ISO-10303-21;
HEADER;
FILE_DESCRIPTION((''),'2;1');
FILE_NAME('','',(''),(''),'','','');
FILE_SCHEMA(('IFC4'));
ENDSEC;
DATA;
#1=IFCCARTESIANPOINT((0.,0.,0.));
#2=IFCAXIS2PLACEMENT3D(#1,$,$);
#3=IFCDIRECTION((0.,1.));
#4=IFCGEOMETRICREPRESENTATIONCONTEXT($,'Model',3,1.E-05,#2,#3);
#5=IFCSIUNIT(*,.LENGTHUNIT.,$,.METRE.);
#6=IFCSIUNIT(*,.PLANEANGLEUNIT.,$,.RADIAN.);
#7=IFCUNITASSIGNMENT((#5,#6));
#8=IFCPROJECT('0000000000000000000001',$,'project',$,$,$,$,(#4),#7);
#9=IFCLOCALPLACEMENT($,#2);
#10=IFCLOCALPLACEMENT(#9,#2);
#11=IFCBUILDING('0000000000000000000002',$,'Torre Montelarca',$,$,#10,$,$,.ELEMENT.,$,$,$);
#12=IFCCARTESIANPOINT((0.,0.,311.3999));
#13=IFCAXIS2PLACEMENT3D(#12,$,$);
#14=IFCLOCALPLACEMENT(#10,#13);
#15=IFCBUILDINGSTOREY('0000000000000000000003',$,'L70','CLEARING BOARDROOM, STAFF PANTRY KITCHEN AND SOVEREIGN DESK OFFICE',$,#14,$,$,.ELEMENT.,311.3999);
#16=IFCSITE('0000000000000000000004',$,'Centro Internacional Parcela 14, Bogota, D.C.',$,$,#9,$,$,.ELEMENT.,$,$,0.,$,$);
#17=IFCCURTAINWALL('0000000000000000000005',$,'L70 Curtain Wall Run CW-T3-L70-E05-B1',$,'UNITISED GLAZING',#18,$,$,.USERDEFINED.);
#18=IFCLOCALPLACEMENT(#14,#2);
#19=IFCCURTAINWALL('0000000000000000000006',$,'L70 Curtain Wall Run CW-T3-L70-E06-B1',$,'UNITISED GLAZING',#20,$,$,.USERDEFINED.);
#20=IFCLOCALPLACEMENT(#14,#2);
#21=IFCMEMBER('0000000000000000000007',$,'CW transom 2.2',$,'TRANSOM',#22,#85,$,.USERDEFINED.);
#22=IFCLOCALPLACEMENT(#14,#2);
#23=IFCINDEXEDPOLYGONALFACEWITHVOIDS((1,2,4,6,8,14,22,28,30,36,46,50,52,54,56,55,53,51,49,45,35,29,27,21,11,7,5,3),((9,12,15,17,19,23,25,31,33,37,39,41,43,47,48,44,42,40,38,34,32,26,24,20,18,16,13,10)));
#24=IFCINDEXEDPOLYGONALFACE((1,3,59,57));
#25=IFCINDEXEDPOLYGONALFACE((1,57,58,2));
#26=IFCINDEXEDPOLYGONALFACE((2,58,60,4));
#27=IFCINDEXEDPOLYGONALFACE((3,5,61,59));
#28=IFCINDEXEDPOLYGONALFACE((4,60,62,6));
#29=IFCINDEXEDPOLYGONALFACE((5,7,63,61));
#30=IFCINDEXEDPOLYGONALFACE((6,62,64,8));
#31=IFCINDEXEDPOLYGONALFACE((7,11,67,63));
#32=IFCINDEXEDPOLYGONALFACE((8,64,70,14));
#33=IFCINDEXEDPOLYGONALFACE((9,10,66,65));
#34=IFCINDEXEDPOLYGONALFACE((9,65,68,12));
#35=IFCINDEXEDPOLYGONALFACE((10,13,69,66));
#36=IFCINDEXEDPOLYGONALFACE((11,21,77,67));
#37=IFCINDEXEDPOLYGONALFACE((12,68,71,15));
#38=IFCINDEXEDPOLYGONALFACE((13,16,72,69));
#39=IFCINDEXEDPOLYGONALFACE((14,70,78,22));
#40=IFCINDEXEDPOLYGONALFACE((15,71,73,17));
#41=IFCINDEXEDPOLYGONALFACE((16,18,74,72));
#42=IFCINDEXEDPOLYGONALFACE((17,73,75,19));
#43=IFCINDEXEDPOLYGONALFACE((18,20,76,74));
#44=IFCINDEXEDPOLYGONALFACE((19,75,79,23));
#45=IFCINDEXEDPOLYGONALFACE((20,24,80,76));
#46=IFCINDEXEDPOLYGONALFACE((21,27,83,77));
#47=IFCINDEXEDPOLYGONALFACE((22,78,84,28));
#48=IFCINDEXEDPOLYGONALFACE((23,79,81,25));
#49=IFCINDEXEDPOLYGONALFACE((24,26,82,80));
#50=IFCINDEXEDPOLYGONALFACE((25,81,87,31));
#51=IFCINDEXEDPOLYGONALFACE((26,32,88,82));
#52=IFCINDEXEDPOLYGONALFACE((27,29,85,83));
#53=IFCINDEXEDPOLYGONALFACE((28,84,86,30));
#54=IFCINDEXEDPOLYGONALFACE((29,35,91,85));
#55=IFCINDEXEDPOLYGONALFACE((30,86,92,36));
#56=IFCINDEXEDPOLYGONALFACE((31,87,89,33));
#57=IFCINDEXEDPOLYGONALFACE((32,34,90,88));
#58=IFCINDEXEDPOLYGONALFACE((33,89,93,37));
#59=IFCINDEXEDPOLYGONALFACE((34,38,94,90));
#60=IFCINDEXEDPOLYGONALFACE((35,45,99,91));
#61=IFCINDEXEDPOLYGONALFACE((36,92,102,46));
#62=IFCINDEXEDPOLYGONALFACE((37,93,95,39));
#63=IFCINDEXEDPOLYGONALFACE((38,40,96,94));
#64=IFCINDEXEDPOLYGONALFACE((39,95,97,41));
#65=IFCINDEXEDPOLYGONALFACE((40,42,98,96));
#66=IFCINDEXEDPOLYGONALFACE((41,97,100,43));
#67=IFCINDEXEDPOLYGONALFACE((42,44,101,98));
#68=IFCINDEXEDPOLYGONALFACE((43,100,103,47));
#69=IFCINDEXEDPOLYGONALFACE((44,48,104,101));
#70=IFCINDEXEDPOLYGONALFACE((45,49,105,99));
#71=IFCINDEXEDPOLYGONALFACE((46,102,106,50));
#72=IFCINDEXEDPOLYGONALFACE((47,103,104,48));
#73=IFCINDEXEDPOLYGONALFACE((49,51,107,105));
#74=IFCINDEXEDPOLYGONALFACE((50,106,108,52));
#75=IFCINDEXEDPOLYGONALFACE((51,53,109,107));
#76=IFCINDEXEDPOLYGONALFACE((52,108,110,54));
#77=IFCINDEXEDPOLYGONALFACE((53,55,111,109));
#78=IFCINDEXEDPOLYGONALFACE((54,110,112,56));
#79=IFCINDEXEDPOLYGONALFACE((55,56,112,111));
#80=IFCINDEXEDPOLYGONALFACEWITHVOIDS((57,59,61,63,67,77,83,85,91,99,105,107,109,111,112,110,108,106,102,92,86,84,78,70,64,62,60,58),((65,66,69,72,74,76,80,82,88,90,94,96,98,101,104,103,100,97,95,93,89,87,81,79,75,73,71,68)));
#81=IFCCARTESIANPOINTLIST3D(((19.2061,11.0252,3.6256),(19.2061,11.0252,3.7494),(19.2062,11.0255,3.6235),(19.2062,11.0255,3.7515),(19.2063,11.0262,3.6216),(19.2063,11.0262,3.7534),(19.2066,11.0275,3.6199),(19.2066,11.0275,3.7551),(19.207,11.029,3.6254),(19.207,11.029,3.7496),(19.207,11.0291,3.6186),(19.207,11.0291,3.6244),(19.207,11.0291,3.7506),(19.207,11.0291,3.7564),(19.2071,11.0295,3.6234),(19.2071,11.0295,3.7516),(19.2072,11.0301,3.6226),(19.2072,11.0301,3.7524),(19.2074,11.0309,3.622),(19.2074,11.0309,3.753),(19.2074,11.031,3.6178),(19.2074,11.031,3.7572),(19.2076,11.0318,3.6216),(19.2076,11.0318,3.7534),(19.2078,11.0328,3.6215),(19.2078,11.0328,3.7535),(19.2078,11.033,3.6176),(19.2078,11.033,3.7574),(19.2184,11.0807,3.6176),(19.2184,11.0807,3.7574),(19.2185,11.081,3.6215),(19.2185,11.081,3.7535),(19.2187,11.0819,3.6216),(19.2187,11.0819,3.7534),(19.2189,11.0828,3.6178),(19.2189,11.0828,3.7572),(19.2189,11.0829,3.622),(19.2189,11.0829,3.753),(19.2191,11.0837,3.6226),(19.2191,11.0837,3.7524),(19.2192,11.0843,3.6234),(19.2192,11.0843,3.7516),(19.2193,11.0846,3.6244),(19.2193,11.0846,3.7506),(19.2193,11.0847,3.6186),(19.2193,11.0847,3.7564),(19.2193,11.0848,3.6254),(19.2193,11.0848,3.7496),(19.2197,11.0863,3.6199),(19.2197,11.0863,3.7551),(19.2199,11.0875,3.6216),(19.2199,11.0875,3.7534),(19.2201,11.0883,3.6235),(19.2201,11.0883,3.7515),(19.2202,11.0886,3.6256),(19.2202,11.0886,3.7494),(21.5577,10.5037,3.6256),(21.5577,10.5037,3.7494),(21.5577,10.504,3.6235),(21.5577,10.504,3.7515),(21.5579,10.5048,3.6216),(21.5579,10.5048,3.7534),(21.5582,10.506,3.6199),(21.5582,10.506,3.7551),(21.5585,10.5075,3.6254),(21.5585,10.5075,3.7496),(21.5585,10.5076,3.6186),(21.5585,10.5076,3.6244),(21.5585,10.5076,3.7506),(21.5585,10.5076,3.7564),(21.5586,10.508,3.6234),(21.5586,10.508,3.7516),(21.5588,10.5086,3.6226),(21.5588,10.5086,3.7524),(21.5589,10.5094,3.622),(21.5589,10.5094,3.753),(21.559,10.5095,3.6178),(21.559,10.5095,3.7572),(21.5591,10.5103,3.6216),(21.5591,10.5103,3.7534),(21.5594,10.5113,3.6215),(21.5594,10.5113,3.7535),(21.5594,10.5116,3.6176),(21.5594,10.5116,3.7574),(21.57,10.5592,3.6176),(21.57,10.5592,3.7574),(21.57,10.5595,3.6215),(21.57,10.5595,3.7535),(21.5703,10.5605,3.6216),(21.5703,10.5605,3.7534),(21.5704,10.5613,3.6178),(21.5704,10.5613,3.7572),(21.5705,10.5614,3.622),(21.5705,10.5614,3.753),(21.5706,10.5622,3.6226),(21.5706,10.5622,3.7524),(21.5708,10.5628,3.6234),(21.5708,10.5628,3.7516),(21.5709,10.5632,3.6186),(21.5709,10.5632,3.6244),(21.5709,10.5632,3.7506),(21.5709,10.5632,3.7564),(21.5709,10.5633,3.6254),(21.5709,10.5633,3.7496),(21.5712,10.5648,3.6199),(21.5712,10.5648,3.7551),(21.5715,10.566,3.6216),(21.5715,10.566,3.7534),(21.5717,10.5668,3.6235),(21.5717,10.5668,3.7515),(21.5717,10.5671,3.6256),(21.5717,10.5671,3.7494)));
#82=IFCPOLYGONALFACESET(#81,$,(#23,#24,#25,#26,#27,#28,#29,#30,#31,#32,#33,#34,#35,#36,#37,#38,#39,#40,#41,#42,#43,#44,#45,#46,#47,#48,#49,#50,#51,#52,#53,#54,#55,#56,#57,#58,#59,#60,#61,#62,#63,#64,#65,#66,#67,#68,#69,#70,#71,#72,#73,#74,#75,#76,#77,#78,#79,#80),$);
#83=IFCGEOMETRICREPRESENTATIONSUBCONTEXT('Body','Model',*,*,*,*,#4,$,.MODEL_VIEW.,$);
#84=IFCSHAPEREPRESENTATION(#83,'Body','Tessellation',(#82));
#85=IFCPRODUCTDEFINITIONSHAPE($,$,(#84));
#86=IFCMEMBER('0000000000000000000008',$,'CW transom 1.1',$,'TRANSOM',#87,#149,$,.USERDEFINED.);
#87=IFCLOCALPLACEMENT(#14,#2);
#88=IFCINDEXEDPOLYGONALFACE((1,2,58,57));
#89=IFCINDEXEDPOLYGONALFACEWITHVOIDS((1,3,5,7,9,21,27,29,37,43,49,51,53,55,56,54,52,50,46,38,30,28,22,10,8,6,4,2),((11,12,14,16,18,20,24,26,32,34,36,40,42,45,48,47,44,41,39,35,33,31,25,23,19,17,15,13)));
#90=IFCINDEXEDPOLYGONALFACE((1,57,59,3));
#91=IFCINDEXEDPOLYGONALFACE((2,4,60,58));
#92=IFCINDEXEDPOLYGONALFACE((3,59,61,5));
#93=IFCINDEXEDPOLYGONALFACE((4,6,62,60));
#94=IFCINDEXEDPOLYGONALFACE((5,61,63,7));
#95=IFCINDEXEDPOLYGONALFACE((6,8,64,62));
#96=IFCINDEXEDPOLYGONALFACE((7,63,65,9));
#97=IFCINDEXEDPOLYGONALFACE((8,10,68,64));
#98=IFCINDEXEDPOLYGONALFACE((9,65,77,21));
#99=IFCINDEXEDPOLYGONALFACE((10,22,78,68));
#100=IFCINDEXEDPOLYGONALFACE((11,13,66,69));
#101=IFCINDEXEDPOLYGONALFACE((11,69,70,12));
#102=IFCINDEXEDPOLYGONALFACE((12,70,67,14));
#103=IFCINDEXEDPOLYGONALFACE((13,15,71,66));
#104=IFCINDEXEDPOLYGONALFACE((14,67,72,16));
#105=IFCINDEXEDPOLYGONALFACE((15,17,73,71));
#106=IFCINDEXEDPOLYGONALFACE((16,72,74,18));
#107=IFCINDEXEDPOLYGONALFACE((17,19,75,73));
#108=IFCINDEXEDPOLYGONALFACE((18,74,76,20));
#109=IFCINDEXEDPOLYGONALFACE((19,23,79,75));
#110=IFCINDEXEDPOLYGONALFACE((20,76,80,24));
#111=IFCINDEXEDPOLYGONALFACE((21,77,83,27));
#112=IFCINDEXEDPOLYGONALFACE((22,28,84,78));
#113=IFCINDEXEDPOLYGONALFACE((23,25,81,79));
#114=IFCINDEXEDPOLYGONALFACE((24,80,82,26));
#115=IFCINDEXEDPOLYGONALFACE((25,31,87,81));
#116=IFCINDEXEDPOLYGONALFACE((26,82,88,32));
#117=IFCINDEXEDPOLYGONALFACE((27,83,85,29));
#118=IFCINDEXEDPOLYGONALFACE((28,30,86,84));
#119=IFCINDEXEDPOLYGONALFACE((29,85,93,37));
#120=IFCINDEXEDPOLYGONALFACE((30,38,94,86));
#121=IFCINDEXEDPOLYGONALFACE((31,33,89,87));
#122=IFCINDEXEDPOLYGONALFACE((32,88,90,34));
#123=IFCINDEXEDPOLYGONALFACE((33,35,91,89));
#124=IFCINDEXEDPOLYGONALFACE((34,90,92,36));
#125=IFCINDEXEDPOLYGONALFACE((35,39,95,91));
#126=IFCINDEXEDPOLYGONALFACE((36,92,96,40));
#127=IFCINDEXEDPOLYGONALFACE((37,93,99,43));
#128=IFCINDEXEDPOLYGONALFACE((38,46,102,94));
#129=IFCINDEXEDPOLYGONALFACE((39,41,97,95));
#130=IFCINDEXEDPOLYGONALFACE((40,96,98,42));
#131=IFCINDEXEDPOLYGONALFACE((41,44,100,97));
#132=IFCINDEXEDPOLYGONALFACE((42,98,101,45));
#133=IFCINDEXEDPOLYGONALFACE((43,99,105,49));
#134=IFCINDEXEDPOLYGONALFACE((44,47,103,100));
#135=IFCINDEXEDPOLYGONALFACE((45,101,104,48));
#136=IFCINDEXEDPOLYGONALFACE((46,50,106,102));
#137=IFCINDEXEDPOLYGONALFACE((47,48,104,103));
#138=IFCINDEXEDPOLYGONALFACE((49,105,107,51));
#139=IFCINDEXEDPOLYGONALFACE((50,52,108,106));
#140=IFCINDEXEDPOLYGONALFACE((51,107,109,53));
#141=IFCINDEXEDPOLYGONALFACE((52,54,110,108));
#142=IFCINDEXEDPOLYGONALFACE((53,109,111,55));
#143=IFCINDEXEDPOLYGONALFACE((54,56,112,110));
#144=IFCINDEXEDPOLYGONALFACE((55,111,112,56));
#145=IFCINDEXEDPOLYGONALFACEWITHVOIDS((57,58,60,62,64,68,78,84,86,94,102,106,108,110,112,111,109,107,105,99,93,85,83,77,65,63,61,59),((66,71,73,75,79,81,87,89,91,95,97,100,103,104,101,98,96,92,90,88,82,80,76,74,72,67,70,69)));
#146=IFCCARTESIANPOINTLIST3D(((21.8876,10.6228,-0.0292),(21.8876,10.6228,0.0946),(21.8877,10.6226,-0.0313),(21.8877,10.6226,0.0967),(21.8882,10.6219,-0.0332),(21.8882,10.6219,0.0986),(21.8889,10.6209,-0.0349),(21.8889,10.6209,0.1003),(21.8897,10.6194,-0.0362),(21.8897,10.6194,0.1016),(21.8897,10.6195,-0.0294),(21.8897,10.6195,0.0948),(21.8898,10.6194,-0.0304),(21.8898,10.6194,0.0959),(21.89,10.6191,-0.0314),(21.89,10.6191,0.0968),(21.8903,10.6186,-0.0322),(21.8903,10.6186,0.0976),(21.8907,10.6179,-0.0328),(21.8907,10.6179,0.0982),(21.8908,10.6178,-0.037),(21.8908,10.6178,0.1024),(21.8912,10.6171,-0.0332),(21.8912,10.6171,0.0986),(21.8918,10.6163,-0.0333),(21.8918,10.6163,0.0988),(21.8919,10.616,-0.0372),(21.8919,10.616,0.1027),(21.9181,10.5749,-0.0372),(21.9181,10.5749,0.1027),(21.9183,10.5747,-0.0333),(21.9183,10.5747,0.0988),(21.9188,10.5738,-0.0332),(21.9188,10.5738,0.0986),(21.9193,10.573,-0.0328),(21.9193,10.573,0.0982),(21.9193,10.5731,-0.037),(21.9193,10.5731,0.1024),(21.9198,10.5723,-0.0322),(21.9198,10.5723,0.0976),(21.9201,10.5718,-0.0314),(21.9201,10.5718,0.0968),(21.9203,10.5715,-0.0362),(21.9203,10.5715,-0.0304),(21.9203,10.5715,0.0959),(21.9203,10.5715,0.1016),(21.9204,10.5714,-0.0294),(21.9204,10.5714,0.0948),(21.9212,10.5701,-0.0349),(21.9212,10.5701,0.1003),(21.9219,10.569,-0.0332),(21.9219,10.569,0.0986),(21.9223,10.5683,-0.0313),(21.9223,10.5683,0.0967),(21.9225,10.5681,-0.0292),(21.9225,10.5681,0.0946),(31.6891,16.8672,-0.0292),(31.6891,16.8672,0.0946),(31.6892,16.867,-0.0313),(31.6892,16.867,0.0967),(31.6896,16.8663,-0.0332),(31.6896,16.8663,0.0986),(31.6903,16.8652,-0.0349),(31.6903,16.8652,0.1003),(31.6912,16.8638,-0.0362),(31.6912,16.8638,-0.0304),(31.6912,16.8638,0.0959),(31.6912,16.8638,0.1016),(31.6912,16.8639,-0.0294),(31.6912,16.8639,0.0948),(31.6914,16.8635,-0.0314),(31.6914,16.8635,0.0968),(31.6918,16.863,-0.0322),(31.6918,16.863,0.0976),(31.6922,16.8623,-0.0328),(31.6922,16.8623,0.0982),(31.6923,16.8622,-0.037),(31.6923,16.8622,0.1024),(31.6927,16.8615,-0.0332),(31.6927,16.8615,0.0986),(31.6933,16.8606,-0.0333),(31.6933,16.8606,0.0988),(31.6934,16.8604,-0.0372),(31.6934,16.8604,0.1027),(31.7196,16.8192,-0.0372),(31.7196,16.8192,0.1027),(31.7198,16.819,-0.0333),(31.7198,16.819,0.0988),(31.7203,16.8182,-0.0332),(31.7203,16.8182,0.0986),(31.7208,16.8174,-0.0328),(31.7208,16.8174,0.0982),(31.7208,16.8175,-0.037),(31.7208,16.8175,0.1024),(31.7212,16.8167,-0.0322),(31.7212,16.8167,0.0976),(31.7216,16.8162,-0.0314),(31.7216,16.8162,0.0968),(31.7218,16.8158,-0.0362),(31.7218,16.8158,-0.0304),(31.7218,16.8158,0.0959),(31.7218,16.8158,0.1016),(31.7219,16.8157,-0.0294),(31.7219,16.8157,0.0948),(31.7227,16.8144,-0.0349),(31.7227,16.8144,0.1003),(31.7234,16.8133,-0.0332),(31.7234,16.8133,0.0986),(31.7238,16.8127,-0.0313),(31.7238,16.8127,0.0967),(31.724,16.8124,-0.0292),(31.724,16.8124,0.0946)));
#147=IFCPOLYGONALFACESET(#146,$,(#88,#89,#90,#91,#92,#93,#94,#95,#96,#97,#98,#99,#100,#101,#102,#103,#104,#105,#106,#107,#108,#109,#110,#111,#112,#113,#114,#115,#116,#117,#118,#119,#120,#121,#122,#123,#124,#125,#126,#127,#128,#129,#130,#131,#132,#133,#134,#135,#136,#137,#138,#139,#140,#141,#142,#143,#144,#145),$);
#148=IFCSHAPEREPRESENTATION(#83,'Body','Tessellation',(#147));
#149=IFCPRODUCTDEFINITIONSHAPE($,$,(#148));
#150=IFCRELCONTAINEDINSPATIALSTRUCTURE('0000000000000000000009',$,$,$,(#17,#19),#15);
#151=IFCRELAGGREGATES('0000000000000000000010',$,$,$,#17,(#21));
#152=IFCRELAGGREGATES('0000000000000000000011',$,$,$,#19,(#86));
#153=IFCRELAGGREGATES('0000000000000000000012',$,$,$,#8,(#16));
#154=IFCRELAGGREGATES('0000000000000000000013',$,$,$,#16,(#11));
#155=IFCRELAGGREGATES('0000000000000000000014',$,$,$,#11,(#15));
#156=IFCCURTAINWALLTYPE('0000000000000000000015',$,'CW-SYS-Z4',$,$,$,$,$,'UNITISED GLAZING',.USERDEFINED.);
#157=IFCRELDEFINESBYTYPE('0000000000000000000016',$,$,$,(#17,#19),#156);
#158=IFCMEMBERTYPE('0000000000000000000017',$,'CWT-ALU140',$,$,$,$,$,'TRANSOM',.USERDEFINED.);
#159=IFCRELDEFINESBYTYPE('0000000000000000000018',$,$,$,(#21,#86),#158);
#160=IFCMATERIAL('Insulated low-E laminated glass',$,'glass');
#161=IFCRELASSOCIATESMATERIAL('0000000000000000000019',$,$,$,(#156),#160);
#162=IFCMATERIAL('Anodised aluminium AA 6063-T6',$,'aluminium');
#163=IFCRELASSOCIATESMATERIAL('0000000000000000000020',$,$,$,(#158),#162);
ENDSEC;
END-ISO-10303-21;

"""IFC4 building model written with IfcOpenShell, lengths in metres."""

from ifc_helpers import new_model, si_unit, direction, frame, origin, origin_2d, place, context, subcontext, project, spatial, hollow_rectangle, extrude, source, transform, mapped, material, material_profile, profile_set, type_object, element, aggregate, save


model = new_model("IFC4")

# Units and contexts
model_context = context("Model", 3, precision=1e-05, world=origin(), true_north=direction((0.0, 1.0)))
body_context = subcontext(model_context, "Body", "Model", "MODEL_VIEW")
ifc_project = project(units=[si_unit("LENGTHUNIT", "METRE"), si_unit("PLANEANGLEUNIT", "RADIAN")], contexts=[model_context])

# Site, building, storey
site_placement = place(None, origin())
site = spatial("IfcSite", under=ifc_project, at=site_placement, Name="Centro Internacional Parcela 14, Bogota, D.C.", CompositionType="ELEMENT", RefElevation=0.0)
building_placement = place(site_placement, origin())
building = spatial("IfcBuilding", under=site, at=building_placement, Name="Torre Montelarca", CompositionType="ELEMENT")
storey_placement = place(building_placement, frame((0.0, 0.0, 311.3999)))
storey = spatial("IfcBuildingStorey", under=building, at=storey_placement, Name="L70", Description="CLEARING BOARDROOM, STAFF PANTRY KITCHEN AND SOVEREIGN DESK OFFICE", CompositionType="ELEMENT", Elevation=311.3999)

# Curtain walls
ifc_material_1 = material(Name="Insulated low-E laminated glass", Category="glass")
curtain_wall_type = type_object("IfcCurtainWallType", Name="CW-SYS-Z4", ElementType="UNITISED GLAZING", PredefinedType="USERDEFINED", material=ifc_material_1)
curtain_wall_1_placement = place(storey_placement, origin())
curtain_wall_1 = element("IfcCurtainWall", 1, at=curtain_wall_1_placement, inside=storey, type_object=curtain_wall_type, Name="L70 Curtain Wall Run CW-T3-L70-E05-B1", ObjectType="UNITISED GLAZING", PredefinedType="USERDEFINED")
ifc_material_2 = material(Name="Anodised aluminium AA 6063-T6", Category="aluminium")
curtain_wall_2_placement = place(storey_placement, origin())
curtain_wall_2 = element("IfcCurtainWall", 2, at=curtain_wall_2_placement, inside=storey, type_object=curtain_wall_type, Name="L70 Curtain Wall Run CW-T3-L70-E06-B1", ObjectType="UNITISED GLAZING", PredefinedType="USERDEFINED")

# Members
ifc_material_profile_1 = material_profile(ifc_material_2, hollow_rectangle(XDim=0.0649, YDim=0.1399, WallThickness=0.0039, InnerFilletRadius=0.0039, OuterFilletRadius=0.0081, at=origin_2d()), Name="ALU65X140X4", Category="aluminium")
ifc_profile_set_1 = profile_set([ifc_material_profile_1], Name="Anodised aluminium AA 6063-T6")
member_type_1 = type_object("IfcMemberType", Name="CWT-ALU140", ElementType="TRANSOM", PredefinedType="USERDEFINED", material=ifc_profile_set_1)
shared_shape_1 = source(origin(), body_context, "Body", "SweptSolid", [
    extrude(hollow_rectangle(XDim=0.0649, YDim=0.1399, WallThickness=0.0039, InnerFilletRadius=0.0039, OuterFilletRadius=0.0081, at=origin_2d()), origin(), (0.0, 0.0, 1.0), 2.4087),
])
member_1_placement = place(storey_placement, frame((19.2131, 11.0569, 3.6875), z_axis=(0.976282, -0.216501, 0.0), x_axis=(0.216501, 0.976282, 0.0)))
member_1 = element("IfcMember", 3, at=member_1_placement, type_object=member_type_1, Name="CW transom 2.2", ObjectType="TRANSOM", PredefinedType="USERDEFINED", context=body_context, shape_type="MappedRepresentation", body=[
    mapped(shared_shape_1, transform((0.0, 0.0, 0.0), scale=1.0)),
])
shared_shape_2 = source(origin(), body_context, "Body", "SweptSolid", [
    extrude(hollow_rectangle(XDim=0.0649, YDim=0.1399, WallThickness=0.0039, InnerFilletRadius=0.0039, OuterFilletRadius=0.0081, at=origin_2d()), origin(), (0.0, 0.0, 1.0), 11.6216),
])
member_2_placement = place(storey_placement, frame((21.905, 10.5955, 0.0327), z_axis=(0.843386, 0.537308, 0.0), x_axis=(-0.537308, 0.843386, 0.0)))
member_2 = element("IfcMember", 4, at=member_2_placement, type_object=member_type_1, Name="CW transom 1.1", ObjectType="TRANSOM", PredefinedType="USERDEFINED", context=body_context, shape_type="MappedRepresentation", body=[
    mapped(shared_shape_2, transform((0.0, 0.0, 0.0), scale=1.0)),
])

aggregate(curtain_wall_1, [member_1])
aggregate(curtain_wall_2, [member_2])

save(model, "model.ifc")
